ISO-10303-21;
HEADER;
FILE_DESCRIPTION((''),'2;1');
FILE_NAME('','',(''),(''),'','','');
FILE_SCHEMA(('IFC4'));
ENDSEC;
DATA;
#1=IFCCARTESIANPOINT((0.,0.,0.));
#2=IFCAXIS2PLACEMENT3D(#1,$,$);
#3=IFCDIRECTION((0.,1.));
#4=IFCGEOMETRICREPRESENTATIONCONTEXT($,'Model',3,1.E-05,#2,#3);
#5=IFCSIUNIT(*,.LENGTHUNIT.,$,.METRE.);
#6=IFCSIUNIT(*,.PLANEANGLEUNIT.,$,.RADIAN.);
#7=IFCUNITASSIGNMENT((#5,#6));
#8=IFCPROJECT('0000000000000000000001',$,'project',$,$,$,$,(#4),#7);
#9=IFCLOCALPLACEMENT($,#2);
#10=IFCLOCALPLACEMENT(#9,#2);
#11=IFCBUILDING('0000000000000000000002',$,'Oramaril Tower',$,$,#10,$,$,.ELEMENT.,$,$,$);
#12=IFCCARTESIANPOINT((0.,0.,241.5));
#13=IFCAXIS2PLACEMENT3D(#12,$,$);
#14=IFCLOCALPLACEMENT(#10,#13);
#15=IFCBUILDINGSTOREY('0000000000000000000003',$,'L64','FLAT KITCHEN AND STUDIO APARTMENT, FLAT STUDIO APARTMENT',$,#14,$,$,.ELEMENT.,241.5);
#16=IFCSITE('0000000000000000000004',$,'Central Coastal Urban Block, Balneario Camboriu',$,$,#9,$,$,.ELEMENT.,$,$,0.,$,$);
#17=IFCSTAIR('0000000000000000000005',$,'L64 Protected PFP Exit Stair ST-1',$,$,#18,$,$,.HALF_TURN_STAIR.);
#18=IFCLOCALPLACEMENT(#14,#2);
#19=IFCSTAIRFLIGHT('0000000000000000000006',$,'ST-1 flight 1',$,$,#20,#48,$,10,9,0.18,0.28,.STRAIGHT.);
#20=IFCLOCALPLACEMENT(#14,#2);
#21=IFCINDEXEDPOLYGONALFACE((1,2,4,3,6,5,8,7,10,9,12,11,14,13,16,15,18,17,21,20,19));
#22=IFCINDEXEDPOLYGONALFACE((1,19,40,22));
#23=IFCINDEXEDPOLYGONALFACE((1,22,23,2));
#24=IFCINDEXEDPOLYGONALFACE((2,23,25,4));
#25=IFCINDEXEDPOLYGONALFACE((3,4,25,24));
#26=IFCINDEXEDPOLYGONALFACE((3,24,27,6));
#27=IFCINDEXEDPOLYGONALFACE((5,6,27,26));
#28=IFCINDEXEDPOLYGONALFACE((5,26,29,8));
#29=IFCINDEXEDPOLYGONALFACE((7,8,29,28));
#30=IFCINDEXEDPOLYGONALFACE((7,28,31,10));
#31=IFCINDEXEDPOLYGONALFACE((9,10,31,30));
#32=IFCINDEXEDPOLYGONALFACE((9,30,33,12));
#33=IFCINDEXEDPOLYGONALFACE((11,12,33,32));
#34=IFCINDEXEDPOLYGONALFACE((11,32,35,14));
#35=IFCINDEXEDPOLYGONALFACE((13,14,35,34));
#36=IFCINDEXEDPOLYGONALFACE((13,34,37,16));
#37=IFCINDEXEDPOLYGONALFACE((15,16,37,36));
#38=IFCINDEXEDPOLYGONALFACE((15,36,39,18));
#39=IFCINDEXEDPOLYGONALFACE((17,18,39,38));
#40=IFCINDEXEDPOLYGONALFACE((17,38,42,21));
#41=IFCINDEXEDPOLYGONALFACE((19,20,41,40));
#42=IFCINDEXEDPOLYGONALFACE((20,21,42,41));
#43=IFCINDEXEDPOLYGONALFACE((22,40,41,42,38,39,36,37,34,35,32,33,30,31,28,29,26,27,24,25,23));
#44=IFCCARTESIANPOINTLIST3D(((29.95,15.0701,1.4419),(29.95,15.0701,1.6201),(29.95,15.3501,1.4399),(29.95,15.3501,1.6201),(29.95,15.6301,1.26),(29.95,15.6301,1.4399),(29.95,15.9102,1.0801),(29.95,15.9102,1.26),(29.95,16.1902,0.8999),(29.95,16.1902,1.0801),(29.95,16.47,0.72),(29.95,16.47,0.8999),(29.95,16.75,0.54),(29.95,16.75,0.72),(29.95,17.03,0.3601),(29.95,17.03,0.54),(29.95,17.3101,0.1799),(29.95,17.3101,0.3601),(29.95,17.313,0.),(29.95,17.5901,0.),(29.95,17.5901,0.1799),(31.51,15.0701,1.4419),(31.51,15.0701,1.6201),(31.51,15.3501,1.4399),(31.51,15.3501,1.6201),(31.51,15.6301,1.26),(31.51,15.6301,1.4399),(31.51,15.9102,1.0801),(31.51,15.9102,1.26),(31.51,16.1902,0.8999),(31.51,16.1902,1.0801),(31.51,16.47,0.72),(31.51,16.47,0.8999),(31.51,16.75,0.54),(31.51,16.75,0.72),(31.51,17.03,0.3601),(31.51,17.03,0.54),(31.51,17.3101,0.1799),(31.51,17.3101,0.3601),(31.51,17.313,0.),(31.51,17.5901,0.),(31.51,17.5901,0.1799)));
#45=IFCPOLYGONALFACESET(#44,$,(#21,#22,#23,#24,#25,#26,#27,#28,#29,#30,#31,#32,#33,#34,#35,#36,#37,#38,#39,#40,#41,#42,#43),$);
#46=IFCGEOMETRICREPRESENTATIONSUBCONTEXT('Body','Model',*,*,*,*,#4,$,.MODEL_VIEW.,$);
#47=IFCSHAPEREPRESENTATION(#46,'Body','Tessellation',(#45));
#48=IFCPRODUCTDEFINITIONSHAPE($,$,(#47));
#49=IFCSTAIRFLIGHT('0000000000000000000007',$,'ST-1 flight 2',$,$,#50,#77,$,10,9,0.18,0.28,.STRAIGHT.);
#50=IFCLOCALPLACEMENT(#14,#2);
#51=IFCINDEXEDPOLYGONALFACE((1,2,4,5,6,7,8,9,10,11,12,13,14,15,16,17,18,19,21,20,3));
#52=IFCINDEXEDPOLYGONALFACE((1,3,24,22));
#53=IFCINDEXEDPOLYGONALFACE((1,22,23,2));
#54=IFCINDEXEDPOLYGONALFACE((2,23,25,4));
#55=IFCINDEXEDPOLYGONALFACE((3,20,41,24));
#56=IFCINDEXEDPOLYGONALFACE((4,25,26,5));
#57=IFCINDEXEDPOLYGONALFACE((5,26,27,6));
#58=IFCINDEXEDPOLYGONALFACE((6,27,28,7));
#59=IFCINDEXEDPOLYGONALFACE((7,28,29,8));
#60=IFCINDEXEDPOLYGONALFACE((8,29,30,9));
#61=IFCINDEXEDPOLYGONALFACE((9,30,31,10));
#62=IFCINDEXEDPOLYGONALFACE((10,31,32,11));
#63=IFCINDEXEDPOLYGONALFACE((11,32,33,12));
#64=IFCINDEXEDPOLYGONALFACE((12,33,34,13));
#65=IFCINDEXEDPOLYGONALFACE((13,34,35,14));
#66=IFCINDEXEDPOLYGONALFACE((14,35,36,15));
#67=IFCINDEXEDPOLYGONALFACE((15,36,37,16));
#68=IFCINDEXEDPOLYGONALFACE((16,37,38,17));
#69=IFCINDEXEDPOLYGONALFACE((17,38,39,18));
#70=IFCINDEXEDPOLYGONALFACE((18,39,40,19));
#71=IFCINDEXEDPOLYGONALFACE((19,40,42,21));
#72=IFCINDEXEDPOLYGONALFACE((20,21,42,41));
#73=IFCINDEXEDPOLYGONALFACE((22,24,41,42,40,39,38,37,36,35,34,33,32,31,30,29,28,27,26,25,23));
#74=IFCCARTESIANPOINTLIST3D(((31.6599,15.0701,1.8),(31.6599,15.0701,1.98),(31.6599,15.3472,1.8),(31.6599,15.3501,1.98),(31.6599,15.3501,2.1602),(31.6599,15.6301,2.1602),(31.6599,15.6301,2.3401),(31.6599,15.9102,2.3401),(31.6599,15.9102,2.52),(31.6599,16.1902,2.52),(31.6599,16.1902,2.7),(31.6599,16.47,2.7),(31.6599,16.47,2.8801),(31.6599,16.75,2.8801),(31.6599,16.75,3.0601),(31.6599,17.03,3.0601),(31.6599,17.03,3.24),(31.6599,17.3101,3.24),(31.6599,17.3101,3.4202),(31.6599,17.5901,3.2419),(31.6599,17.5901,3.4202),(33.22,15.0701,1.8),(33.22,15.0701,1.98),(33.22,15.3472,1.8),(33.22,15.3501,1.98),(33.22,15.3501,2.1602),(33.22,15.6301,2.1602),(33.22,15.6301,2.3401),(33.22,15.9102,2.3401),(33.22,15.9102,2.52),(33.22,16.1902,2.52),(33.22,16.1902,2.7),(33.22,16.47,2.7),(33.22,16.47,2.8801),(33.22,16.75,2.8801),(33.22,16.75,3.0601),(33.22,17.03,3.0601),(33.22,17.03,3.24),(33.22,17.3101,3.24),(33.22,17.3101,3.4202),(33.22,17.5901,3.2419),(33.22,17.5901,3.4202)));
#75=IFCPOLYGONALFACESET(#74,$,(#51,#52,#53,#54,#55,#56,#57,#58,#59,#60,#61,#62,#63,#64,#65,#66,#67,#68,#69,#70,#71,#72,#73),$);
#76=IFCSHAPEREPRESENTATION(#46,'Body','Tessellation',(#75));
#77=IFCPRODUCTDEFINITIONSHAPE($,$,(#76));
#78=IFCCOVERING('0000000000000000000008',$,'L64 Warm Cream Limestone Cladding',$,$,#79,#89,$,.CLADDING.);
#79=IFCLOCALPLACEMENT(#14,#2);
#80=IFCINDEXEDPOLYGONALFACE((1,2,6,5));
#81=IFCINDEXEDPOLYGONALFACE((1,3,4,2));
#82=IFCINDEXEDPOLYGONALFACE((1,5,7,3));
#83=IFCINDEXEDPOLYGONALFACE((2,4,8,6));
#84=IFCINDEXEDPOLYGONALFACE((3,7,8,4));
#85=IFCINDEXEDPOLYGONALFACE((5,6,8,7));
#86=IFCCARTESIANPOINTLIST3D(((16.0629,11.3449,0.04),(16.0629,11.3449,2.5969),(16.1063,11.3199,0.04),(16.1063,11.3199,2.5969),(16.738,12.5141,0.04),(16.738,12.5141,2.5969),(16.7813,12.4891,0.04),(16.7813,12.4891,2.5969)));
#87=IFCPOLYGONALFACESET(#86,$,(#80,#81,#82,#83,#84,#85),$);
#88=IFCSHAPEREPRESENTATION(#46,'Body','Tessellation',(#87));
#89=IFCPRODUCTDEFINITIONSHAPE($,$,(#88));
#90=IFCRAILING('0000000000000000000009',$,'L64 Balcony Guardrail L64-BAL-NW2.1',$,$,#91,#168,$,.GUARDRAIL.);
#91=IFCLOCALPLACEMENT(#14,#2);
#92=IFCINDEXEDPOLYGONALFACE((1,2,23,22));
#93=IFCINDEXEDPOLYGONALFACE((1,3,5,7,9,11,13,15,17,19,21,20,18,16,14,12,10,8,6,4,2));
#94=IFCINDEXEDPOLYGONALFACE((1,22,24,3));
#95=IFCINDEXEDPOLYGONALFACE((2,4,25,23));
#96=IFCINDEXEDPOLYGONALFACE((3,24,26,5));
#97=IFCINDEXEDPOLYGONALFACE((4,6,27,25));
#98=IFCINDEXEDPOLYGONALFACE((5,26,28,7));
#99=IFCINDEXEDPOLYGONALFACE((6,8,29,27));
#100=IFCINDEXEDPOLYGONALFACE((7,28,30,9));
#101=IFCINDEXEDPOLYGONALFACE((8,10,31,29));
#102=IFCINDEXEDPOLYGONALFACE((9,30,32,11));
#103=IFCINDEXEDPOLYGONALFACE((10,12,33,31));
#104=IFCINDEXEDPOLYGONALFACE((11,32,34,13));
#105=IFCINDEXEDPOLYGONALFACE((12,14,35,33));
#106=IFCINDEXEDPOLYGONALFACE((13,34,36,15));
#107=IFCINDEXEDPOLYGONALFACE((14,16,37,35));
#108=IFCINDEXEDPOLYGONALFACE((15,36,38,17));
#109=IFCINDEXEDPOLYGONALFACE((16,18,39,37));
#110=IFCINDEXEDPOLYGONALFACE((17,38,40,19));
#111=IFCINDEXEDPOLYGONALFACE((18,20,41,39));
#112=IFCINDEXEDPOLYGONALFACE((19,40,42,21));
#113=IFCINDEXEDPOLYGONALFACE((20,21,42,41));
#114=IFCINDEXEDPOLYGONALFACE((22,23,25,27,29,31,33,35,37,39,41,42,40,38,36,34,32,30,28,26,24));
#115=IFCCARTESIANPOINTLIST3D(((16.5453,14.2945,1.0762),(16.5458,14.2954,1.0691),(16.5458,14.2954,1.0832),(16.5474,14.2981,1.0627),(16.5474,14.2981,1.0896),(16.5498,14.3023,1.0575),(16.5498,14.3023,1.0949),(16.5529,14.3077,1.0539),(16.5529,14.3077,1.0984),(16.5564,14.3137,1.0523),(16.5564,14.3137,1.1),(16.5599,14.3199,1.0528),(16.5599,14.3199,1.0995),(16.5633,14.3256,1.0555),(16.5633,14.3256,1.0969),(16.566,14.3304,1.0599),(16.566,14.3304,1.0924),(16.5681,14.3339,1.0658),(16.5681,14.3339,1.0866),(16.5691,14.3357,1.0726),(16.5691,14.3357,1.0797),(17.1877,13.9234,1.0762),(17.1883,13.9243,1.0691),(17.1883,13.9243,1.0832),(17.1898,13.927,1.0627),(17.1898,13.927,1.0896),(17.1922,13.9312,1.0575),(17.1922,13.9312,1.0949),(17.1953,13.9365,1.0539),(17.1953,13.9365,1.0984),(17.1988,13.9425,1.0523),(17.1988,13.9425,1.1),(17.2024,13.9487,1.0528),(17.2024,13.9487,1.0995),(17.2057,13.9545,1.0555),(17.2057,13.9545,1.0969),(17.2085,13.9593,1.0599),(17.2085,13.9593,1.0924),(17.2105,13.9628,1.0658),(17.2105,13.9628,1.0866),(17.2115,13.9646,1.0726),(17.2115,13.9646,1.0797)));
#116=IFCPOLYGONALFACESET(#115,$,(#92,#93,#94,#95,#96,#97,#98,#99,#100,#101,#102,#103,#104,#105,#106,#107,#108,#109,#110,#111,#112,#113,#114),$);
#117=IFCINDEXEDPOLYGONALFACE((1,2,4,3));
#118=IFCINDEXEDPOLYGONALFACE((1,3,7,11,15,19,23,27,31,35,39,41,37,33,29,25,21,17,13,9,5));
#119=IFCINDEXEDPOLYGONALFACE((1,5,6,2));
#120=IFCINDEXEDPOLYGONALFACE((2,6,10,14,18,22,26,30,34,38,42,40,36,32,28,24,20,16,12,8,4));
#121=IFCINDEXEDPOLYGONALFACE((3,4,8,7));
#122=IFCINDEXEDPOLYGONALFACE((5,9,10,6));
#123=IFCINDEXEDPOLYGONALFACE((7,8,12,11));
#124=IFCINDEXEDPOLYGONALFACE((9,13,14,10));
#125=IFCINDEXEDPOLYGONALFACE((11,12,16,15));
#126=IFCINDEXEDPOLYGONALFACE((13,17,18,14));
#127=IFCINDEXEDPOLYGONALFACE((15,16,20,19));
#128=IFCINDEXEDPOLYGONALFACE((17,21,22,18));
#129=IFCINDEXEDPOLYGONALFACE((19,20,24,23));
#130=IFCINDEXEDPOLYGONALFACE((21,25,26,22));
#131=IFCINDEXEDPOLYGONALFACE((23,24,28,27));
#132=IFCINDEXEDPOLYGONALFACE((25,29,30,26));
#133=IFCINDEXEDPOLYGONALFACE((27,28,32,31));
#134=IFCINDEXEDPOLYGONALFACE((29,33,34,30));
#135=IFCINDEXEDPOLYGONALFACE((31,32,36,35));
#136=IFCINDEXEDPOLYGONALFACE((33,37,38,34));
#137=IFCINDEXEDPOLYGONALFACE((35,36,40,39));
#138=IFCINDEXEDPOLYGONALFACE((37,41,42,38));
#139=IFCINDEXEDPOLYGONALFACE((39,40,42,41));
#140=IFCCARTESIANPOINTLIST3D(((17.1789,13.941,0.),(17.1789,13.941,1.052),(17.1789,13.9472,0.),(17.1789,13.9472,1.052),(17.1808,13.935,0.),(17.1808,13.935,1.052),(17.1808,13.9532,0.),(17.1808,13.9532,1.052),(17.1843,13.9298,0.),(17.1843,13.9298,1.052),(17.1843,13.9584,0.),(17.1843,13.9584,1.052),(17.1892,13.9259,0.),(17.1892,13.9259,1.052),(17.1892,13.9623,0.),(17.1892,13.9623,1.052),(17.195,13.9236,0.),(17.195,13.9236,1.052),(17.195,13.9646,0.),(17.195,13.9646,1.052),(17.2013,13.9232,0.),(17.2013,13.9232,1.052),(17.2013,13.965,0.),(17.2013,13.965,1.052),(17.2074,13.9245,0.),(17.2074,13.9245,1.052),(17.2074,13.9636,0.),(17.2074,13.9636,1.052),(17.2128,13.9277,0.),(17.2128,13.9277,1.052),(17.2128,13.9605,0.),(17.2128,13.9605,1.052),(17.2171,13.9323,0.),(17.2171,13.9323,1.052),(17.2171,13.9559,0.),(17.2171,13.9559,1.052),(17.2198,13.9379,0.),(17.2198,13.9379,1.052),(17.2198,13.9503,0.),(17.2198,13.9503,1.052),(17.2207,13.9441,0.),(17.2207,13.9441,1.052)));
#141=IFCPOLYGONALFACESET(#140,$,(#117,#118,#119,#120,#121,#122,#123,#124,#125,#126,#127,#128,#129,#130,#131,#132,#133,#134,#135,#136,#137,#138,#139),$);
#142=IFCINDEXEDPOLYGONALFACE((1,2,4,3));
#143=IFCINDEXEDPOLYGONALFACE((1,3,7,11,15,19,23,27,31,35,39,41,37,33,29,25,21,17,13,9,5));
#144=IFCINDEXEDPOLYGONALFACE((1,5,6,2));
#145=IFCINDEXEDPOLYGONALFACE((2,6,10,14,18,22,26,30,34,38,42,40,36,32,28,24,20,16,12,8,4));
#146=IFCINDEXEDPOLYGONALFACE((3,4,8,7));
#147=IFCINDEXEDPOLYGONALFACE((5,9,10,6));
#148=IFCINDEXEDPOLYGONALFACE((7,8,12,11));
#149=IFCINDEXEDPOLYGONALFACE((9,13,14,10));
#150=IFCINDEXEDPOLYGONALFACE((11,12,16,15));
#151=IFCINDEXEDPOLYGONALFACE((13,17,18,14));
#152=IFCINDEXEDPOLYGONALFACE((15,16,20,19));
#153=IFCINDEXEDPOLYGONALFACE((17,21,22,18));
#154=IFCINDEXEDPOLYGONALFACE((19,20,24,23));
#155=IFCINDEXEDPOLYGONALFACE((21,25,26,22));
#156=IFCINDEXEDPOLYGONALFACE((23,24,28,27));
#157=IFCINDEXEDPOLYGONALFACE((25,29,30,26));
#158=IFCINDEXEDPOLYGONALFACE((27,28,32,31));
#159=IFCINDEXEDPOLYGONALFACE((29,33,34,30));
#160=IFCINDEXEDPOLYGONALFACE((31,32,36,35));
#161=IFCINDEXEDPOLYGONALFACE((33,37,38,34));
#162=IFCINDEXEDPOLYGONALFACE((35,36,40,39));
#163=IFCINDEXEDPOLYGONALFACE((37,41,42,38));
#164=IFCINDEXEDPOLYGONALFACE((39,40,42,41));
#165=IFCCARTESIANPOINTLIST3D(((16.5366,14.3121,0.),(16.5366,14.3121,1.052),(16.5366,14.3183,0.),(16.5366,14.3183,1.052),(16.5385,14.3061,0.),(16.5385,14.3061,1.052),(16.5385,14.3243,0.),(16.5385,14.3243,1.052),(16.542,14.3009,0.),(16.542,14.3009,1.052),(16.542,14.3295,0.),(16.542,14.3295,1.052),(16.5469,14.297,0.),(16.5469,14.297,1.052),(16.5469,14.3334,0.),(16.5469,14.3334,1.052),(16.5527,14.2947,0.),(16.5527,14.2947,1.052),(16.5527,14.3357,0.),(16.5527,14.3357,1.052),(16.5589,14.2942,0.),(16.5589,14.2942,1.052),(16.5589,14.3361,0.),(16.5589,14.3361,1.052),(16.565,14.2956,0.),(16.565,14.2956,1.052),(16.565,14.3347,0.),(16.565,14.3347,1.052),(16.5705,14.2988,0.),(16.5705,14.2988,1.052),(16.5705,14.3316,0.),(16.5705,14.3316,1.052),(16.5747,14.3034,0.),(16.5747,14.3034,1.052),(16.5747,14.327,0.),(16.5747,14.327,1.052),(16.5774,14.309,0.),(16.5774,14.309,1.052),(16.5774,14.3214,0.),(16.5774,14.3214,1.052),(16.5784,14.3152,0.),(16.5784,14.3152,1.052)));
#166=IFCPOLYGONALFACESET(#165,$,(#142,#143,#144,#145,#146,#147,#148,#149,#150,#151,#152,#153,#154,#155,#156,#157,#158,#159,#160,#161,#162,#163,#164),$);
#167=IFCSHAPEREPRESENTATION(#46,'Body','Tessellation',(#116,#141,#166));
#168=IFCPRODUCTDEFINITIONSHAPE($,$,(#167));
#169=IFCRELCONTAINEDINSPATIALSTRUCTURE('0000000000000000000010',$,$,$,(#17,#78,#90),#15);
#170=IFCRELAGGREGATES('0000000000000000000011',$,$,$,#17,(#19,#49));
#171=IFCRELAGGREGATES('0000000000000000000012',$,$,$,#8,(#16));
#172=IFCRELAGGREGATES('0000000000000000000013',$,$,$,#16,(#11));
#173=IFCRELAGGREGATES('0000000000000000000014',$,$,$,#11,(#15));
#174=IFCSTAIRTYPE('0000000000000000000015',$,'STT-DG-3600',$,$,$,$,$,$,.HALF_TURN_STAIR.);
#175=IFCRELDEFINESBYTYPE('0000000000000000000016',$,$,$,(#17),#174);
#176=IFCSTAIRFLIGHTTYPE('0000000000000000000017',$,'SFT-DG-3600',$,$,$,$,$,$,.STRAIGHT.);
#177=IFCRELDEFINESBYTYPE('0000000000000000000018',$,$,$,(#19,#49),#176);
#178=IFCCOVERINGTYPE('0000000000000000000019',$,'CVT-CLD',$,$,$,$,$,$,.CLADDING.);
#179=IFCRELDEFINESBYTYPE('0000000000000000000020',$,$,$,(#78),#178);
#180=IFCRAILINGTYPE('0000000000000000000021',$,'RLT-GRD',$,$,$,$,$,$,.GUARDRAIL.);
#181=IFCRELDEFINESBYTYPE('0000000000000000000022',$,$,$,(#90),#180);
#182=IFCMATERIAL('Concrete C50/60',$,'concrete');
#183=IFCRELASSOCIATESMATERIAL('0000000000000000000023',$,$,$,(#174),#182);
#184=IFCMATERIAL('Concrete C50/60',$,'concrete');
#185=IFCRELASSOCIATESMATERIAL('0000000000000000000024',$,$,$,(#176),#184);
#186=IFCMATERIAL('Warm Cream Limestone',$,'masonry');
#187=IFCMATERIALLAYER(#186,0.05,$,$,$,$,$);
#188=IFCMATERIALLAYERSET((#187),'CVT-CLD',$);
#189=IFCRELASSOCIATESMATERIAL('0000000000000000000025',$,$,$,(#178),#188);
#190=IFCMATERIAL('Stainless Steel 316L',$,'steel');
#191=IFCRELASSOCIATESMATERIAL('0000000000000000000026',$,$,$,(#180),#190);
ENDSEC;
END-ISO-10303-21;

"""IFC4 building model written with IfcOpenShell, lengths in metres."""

from ifc_helpers import new_model, si_unit, direction, frame, origin, origin_2d, place, context, subcontext, project, spatial, polyline, rectangle, circle, outline, extrude, material, layer, layer_set, type_object, element, aggregate, save


model = new_model("IFC4")

# Units and contexts
model_context = context("Model", 3, precision=1e-05, world=origin(), true_north=direction((0.0, 1.0)))
body_context = subcontext(model_context, "Body", "Model", "MODEL_VIEW")
ifc_project = project(units=[si_unit("LENGTHUNIT", "METRE"), si_unit("PLANEANGLEUNIT", "RADIAN")], contexts=[model_context])

# Site, building, storey
site_placement = place(None, origin())
site = spatial("IfcSite", under=ifc_project, at=site_placement, Name="Central Coastal Urban Block, Balneario Camboriu", CompositionType="ELEMENT", RefElevation=0.0)
building_placement = place(site_placement, origin())
building = spatial("IfcBuilding", under=site, at=building_placement, Name="Oramaril Tower", CompositionType="ELEMENT")
storey_placement = place(building_placement, frame((0.0, 0.0, 241.5)))
storey = spatial("IfcBuildingStorey", under=building, at=storey_placement, Name="L64", Description="FLAT KITCHEN AND STUDIO APARTMENT, FLAT STUDIO APARTMENT", CompositionType="ELEMENT", Elevation=241.5)

# Stair, stair flights
ifc_material_1 = material(Name="Concrete C50/60", Category="concrete")
stair_type = type_object("IfcStairType", Name="STT-DG-3600", PredefinedType="HALF_TURN_STAIR", material=ifc_material_1)
stair_placement = place(storey_placement, origin())
stair = element("IfcStair", 1, at=stair_placement, inside=storey, type_object=stair_type, Name="L64 Protected PFP Exit Stair ST-1", PredefinedType="HALF_TURN_STAIR")
ifc_material_2 = material(Name="Concrete C50/60", Category="concrete")
stair_flight_type = type_object("IfcStairFlightType", Name="SFT-DG-3600", PredefinedType="STRAIGHT", material=ifc_material_2)
stair_flight_1_placement = place(storey_placement, frame((30.73, 17.5901, 0.0), z_axis=(0.0, 0.0, 1.0), x_axis=(0.0, -1.0, 0.0)))
stair_flight_1 = element("IfcStairFlight", 2, at=stair_flight_1_placement, type_object=stair_flight_type, Name="ST-1 flight 1", NumberOfRisers=10, NumberOfTreads=9, PredefinedType="STRAIGHT", RiserHeight=0.18, TreadLength=0.28, context=body_context, shape_type="SweptSolid", body=[
    extrude(outline(polyline([(0.0, 0.0), (0.0, 0.1799), (0.28, 0.1799), (0.28, 0.3601), (0.5601, 0.3601), (0.5601, 0.54), (0.8401, 0.54), (0.8401, 0.72), (1.1201, 0.72), (1.1201, 0.8999), (1.3999, 0.8999), (1.3999, 1.0801), (1.6799, 1.0801), (1.6799, 1.26), (1.96, 1.26), (1.96, 1.4399), (2.24, 1.4399), (2.24, 1.6201), (2.52, 1.6201), (2.52, 1.8), (2.52, 1.4419), (0.2771, 0.0), (0.0, 0.0)])), frame((0.0, 0.78, 0.0), z_axis=(0.0, -1.0, 0.0), x_axis=(1.0, 0.0, 0.0)), (0.0, 0.0, 1.0), 1.5601),
])
stair_flight_2_placement = place(storey_placement, frame((32.4399, 15.0701, 1.8), z_axis=(0.0, 0.0, 1.0), x_axis=(0.0, 1.0, 0.0)))
stair_flight_2 = element("IfcStairFlight", 3, at=stair_flight_2_placement, type_object=stair_flight_type, Name="ST-1 flight 2", NumberOfRisers=10, NumberOfTreads=9, PredefinedType="STRAIGHT", RiserHeight=0.18, TreadLength=0.28, context=body_context, shape_type="SweptSolid", body=[
    extrude(outline(polyline([(0.0, 0.0), (0.0, 0.1799), (0.28, 0.1799), (0.28, 0.3601), (0.5601, 0.3601), (0.5601, 0.54), (0.8401, 0.54), (0.8401, 0.72), (1.1201, 0.72), (1.1201, 0.8999), (1.3999, 0.8999), (1.3999, 1.0801), (1.6799, 1.0801), (1.6799, 1.26), (1.96, 1.26), (1.96, 1.4399), (2.24, 1.4399), (2.24, 1.6201), (2.52, 1.6201), (2.52, 1.8), (2.52, 1.4419), (0.2771, 0.0), (0.0, 0.0)])), frame((0.0, 0.78, 0.0), z_axis=(0.0, -1.0, 0.0), x_axis=(1.0, 0.0, 0.0)), (0.0, 0.0, 1.0), 1.5601),
])
aggregate(stair, [stair_flight_1, stair_flight_2])

# Covering
ifc_material_3 = material(Name="Warm Cream Limestone", Category="masonry")
ifc_layer_1 = layer(ifc_material_3, 0.05)
ifc_layer_set_1 = layer_set([ifc_layer_1], Name="CVT-CLD")
covering_type = type_object("IfcCoveringType", Name="CVT-CLD", PredefinedType="CLADDING", material=ifc_layer_set_1)
covering_placement = place(storey_placement, frame((16.4221, 11.917, 0.04), z_axis=(0.0, 0.0, 1.0), x_axis=(-0.499998, -0.866026, 0.0)))
element("IfcCovering", 4, at=covering_placement, inside=storey, type_object=covering_type, Name="L64 Warm Cream Limestone Cladding", PredefinedType="CLADDING", context=body_context, shape_type="SweptSolid", body=[
    extrude(rectangle(XDim=1.3501, YDim=0.05, at=origin_2d()), origin(), (0.0, 0.0, 1.0), 2.5569),
])

# Railing
ifc_material_4 = material(Name="Stainless Steel 316L", Category="steel")
railing_type_1 = type_object("IfcRailingType", Name="RLT-GRD", PredefinedType="GUARDRAIL", material=ifc_material_4)
railing_1_placement = place(storey_placement, frame((17.1997, 13.9441, 0.0)))
element("IfcRailing", 5, at=railing_1_placement, inside=storey, type_object=railing_type_1, Name="L64 Balcony Guardrail L64-BAL-NW2.1", PredefinedType="GUARDRAIL", context=body_context, shape_type="SweptSolid", body=[
    extrude(circle(Radius=0.0239, at=origin_2d()), frame((0.0, 0.0, 1.0762), z_axis=(-0.865884, 0.500245, 0.0), x_axis=(-0.500245, -0.865884, 0.0)), (0.0, 0.0, 1.0), 0.7419),
    extrude(circle(Radius=0.021, at=origin_2d()), origin(), (0.0, 0.0, 1.0), 1.052),
    extrude(circle(Radius=0.021, at=origin_2d()), frame((-0.6423, 0.3711, 0.0)), (0.0, 0.0, 1.0), 1.052),
])

save(model, "model.ifc")
